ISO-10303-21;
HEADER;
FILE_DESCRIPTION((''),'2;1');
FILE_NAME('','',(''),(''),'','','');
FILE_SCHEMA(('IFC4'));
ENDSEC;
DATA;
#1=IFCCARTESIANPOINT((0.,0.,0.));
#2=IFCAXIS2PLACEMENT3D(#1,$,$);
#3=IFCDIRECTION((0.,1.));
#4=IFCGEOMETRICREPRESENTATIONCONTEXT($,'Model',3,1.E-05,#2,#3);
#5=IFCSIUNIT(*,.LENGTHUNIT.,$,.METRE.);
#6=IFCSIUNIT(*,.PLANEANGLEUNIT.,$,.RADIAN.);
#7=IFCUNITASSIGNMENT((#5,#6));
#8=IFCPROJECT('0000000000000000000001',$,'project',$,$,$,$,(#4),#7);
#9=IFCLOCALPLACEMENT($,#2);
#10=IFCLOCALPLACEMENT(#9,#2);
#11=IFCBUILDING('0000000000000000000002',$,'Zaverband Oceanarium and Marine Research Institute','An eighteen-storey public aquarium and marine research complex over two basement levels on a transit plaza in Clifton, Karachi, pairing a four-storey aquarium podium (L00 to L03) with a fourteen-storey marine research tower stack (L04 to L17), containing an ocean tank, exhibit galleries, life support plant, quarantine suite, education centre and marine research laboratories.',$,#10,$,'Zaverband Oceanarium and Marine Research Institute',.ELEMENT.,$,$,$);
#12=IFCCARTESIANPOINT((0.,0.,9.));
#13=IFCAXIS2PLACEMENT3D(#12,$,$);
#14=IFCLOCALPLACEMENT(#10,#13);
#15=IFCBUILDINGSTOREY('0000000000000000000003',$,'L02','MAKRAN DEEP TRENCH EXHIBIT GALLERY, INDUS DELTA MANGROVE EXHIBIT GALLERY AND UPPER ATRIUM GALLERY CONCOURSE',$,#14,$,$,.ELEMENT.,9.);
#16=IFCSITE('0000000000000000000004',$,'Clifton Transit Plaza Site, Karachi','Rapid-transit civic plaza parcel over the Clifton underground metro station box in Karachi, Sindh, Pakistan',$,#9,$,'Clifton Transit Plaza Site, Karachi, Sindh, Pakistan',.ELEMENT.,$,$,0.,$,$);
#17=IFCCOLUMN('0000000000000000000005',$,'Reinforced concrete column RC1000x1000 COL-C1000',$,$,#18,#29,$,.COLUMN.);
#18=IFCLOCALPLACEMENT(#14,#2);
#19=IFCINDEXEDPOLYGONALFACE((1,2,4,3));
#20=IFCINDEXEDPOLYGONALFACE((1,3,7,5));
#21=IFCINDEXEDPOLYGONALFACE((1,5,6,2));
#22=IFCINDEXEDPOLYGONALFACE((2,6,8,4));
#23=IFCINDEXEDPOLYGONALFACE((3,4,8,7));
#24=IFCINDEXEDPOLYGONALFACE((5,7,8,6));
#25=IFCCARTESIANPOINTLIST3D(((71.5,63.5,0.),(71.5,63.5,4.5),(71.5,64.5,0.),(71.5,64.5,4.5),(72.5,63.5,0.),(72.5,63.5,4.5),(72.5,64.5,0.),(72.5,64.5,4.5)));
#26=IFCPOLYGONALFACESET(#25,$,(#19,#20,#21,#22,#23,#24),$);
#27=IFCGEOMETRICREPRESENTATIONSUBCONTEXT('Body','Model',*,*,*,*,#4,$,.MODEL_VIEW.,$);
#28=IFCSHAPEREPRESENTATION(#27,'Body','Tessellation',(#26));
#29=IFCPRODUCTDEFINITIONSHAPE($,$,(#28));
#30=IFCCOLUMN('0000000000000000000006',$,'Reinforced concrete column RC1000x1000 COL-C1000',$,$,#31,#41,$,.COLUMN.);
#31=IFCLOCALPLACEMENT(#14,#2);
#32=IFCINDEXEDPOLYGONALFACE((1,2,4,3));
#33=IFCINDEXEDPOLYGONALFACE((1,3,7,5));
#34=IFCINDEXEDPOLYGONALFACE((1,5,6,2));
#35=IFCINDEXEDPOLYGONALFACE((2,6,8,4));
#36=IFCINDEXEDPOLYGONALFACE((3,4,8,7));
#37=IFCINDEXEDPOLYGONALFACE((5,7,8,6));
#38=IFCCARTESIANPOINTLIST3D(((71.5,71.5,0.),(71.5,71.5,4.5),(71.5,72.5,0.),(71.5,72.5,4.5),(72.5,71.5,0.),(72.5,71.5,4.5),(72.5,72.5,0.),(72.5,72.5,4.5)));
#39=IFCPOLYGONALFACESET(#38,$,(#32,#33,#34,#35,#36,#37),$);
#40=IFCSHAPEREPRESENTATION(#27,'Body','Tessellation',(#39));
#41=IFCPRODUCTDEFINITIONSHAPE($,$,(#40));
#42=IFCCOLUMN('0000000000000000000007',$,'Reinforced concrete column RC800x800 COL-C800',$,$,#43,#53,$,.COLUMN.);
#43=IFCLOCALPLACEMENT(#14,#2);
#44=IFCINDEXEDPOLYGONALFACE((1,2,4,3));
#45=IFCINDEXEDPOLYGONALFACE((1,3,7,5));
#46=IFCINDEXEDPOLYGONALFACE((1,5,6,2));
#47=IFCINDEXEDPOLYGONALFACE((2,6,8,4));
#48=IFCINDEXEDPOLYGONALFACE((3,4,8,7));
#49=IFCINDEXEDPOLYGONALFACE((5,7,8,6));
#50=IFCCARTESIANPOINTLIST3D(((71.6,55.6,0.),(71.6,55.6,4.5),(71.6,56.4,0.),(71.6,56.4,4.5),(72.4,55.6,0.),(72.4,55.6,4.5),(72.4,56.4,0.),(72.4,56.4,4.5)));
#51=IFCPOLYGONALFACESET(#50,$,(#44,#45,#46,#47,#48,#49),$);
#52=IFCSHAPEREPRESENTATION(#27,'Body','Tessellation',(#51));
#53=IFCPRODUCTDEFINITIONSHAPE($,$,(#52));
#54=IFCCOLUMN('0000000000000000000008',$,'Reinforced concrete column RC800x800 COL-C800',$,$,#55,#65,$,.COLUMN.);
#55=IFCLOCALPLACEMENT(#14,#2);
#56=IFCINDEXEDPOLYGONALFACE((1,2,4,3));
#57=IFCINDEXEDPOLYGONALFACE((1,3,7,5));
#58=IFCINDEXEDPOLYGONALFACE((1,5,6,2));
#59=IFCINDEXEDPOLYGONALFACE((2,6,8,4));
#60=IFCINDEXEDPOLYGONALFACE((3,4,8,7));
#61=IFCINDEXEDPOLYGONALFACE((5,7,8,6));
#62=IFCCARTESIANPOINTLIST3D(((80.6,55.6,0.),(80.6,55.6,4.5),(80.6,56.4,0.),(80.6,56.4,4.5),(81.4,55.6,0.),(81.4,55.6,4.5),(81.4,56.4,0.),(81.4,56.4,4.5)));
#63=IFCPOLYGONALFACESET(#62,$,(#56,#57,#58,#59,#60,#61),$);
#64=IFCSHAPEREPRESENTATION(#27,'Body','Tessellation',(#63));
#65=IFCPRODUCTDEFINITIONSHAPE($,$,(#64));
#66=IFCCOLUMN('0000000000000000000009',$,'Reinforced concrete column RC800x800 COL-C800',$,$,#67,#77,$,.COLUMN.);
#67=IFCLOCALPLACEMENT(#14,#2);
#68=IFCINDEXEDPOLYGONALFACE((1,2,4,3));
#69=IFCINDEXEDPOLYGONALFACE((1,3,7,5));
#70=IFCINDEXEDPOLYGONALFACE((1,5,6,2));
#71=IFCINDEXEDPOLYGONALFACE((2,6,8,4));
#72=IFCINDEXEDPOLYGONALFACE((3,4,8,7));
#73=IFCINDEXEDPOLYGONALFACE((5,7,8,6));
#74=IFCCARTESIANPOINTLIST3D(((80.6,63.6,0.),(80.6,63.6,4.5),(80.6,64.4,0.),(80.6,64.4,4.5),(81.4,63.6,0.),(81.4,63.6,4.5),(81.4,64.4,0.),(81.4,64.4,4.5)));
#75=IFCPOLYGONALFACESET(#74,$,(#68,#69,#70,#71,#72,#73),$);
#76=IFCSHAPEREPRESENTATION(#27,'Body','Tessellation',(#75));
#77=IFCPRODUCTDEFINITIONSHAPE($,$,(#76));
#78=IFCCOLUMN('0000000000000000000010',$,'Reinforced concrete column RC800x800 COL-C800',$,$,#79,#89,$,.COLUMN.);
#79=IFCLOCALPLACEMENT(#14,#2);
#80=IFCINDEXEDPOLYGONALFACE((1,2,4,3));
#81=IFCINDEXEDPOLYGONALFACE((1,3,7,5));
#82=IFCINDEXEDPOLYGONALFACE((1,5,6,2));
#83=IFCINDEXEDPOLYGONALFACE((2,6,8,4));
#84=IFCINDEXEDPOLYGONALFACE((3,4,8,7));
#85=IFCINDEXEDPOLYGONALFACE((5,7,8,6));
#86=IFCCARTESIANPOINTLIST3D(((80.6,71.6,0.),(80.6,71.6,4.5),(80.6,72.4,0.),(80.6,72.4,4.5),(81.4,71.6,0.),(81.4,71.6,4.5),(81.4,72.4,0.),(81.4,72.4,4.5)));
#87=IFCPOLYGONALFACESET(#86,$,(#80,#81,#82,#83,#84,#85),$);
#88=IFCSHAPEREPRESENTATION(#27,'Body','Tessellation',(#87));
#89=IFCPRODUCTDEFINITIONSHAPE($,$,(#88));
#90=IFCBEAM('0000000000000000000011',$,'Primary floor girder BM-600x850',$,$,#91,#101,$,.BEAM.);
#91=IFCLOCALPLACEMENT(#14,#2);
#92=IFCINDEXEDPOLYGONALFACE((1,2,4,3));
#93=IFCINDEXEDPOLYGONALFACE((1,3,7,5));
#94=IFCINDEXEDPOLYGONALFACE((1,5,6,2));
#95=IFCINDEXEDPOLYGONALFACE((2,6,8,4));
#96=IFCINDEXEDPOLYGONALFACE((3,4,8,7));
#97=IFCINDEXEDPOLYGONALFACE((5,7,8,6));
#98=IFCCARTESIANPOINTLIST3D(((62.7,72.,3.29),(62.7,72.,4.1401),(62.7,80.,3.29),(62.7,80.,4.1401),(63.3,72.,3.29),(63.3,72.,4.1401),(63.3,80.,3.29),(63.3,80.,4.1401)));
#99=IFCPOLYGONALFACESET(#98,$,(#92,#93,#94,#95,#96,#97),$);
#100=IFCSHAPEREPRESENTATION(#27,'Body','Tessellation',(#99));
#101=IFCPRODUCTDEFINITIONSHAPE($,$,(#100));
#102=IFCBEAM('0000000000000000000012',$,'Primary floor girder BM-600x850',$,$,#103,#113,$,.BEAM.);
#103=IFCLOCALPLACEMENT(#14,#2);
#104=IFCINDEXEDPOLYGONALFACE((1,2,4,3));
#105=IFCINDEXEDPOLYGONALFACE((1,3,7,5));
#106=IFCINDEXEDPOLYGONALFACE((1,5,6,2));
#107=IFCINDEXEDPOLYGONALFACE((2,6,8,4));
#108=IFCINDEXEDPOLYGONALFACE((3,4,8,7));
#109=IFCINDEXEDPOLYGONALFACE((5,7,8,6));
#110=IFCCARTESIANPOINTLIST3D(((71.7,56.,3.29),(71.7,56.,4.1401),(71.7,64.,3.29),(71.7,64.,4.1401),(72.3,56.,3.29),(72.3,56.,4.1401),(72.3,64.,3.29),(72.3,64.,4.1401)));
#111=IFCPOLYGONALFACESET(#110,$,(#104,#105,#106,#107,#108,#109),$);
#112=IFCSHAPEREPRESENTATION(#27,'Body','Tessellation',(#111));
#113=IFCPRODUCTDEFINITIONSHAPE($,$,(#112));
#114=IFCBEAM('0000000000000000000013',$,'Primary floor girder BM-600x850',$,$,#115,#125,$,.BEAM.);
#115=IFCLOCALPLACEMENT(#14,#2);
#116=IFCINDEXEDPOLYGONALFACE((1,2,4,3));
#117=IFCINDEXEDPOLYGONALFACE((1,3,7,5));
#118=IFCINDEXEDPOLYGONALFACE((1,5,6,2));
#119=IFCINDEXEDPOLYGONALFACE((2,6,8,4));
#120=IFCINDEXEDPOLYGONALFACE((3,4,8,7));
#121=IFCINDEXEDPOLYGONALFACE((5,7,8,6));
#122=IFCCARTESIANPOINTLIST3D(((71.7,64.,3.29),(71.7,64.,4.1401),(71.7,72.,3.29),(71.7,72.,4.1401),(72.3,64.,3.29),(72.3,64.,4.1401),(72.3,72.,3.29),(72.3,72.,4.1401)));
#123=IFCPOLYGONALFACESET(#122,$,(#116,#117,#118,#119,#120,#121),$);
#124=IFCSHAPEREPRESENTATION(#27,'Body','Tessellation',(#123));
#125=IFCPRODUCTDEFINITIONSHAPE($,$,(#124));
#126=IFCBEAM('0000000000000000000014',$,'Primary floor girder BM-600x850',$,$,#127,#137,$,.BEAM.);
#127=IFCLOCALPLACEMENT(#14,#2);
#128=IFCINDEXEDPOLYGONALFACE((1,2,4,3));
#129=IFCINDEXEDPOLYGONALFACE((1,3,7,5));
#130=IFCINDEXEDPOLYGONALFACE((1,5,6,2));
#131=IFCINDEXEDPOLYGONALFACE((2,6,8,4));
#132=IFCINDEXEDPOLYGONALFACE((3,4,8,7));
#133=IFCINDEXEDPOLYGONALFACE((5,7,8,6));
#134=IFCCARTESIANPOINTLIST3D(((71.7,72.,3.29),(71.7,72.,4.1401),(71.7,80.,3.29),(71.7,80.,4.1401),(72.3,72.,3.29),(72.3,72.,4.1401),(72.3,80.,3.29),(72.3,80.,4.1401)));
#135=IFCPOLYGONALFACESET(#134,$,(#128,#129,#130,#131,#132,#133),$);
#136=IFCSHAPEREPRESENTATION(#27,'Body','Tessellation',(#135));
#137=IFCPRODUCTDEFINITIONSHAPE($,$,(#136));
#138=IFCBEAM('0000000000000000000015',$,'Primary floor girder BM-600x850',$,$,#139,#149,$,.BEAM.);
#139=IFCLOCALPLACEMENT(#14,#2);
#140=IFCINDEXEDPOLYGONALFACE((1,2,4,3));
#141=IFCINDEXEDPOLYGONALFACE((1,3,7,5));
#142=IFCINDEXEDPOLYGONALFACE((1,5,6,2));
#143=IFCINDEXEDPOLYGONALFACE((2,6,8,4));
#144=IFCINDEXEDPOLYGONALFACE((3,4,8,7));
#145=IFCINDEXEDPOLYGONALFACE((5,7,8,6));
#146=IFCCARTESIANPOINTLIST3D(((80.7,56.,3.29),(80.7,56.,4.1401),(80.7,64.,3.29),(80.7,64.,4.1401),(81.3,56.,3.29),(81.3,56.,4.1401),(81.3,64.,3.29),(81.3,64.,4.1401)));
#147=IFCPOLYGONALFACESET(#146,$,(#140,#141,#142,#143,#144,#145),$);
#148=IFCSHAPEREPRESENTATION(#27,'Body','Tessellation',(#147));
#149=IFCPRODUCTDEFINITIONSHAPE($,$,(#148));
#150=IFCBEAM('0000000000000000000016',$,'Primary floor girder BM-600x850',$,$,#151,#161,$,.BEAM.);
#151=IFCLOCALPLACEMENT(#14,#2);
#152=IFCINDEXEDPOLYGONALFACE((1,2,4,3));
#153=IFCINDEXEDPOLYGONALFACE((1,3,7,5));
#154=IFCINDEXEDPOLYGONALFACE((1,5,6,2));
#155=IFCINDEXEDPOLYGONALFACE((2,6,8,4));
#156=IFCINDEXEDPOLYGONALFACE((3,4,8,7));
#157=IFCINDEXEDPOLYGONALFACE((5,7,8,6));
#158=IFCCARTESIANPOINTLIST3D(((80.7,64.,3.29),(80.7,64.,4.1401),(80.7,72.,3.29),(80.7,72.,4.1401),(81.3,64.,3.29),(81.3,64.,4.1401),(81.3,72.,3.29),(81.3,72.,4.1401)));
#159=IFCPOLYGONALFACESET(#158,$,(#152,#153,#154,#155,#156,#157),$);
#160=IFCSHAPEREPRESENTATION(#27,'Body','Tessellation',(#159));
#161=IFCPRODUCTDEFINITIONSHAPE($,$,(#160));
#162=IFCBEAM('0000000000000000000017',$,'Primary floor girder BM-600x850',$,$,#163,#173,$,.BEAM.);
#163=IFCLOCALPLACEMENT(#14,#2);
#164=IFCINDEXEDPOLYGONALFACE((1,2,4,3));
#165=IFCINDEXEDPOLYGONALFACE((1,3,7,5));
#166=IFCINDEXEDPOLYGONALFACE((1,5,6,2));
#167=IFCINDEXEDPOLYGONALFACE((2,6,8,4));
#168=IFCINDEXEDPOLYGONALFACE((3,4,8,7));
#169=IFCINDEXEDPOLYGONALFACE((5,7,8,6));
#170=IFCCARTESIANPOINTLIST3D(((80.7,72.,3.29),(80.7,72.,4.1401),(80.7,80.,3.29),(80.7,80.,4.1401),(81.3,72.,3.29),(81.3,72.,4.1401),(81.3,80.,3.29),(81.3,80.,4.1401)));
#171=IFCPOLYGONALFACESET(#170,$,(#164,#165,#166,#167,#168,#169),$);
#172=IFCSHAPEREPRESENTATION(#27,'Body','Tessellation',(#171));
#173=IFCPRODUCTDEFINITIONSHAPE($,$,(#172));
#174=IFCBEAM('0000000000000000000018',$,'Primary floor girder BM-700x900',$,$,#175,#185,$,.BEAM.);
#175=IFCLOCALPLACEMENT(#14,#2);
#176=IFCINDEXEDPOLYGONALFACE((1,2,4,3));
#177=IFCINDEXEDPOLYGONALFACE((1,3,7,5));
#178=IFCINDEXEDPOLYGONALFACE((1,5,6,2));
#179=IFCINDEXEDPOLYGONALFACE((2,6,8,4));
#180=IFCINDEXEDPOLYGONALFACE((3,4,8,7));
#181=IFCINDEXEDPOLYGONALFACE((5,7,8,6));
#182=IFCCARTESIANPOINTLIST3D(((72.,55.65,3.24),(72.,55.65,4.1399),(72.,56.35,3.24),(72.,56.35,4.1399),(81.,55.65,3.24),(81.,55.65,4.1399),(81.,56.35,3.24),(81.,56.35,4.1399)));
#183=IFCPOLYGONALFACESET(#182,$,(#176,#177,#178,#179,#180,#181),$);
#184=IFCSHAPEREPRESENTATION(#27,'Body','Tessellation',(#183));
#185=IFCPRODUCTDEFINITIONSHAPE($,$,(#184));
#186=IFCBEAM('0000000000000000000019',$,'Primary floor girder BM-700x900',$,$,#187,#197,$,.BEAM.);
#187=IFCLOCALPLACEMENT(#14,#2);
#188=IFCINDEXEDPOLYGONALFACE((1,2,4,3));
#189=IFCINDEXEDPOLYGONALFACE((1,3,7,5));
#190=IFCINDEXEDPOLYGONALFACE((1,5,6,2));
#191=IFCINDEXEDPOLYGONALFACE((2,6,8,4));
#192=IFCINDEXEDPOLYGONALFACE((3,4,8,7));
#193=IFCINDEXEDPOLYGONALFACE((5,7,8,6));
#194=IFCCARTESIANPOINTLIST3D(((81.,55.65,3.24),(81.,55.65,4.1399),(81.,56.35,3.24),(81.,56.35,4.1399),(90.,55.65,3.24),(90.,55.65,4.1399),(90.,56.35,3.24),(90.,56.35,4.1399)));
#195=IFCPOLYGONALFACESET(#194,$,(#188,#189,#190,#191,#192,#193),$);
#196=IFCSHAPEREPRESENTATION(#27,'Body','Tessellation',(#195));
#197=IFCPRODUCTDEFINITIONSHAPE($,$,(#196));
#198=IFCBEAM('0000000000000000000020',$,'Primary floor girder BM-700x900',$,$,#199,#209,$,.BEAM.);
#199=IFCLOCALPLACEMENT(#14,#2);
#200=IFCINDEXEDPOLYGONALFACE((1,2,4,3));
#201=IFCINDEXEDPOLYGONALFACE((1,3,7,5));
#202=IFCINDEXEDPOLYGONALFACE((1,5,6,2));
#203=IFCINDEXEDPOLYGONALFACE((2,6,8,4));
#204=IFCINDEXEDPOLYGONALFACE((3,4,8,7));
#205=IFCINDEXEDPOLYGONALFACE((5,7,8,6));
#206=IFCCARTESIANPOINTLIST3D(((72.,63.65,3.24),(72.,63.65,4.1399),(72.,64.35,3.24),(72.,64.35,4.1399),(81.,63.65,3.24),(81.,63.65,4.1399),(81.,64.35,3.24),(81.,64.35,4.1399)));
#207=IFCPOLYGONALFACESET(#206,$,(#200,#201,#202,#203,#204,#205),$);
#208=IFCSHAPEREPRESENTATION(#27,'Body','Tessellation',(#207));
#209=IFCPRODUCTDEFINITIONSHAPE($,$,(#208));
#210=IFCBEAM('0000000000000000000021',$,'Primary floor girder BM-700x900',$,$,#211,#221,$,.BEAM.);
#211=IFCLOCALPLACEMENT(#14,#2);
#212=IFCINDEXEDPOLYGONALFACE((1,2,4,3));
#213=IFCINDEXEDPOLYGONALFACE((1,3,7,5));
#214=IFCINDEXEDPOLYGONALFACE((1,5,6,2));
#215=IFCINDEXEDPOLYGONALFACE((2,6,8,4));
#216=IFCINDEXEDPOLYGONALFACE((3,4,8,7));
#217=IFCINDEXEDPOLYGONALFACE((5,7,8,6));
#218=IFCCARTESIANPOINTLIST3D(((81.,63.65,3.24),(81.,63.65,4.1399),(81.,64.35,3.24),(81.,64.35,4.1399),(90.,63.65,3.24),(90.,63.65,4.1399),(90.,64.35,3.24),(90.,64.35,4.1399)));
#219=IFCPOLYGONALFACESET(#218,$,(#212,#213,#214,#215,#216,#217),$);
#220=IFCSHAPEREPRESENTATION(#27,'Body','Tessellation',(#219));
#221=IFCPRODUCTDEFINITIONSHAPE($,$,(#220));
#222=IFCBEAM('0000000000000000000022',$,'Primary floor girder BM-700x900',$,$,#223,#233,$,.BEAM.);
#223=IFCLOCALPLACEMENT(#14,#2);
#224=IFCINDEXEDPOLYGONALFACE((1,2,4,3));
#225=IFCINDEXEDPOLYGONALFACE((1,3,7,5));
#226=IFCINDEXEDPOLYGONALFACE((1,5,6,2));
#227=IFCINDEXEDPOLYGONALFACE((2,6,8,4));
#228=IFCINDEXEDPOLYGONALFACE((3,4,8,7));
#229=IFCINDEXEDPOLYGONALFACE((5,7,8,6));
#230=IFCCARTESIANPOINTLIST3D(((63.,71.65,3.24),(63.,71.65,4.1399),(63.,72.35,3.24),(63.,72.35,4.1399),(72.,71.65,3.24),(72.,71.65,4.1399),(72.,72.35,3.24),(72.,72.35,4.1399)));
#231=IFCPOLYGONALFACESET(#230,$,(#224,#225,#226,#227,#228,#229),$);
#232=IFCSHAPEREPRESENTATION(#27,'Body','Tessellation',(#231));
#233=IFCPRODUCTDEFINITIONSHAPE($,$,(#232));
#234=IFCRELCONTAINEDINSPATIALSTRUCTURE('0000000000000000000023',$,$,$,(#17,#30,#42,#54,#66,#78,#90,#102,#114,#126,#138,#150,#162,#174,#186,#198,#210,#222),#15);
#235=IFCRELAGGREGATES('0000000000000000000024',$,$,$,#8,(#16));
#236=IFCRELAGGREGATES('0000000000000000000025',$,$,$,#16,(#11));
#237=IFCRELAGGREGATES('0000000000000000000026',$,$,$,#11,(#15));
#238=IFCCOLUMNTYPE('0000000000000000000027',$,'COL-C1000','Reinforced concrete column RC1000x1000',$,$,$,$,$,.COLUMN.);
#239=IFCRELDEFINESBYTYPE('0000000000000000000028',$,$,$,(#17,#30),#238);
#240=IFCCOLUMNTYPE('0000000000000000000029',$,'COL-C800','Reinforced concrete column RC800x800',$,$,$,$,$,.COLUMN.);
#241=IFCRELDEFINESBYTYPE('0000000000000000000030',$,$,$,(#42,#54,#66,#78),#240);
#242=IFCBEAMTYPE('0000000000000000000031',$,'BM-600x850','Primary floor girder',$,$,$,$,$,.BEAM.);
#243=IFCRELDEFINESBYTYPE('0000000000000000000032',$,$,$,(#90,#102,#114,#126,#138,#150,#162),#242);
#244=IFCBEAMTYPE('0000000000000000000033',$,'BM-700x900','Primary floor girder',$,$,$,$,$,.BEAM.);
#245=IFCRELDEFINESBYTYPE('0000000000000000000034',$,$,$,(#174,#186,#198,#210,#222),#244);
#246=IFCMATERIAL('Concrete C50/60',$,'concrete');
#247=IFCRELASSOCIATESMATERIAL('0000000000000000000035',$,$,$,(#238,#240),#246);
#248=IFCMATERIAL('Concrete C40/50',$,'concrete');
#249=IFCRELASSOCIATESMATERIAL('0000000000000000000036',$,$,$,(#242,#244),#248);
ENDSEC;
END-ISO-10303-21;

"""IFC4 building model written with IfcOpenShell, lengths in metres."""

from ifc_helpers import new_model, si_unit, direction, frame, origin, origin_2d, place, context, subcontext, project, spatial, rectangle, extrude, material, material_profile, profile_set, type_object, element, save


model = new_model("IFC4")

# Units and contexts
model_context = context("Model", 3, precision=1e-05, world=origin(), true_north=direction((0.0, 1.0)))
body_context = subcontext(model_context, "Body", "Model", "MODEL_VIEW")
ifc_project = project(units=[si_unit("LENGTHUNIT", "METRE"), si_unit("PLANEANGLEUNIT", "RADIAN")], contexts=[model_context])

# Site, building, storey
site_placement = place(None, origin())
site = spatial("IfcSite", under=ifc_project, at=site_placement, Name="Clifton Transit Plaza Site, Karachi", Description="Rapid-transit civic plaza parcel over the Clifton underground metro station box in Karachi, Sindh, Pakistan", LongName="Clifton Transit Plaza Site, Karachi, Sindh, Pakistan", CompositionType="ELEMENT", RefElevation=0.0)
building_placement = place(site_placement, origin())
building = spatial("IfcBuilding", under=site, at=building_placement, Name="Zaverband Oceanarium and Marine Research Institute", Description="An eighteen-storey public aquarium and marine research complex over two basement levels on a transit plaza in Clifton, Karachi, pairing a four-storey aquarium podium (L00 to L03) with a fourteen-storey marine research tower stack (L04 to L17), containing an ocean tank, exhibit galleries, life support plant, quarantine suite, education centre and marine research laboratories.", LongName="Zaverband Oceanarium and Marine Research Institute", CompositionType="ELEMENT")
storey_placement = place(building_placement, frame((0.0, 0.0, 9.0)))
storey = spatial("IfcBuildingStorey", under=building, at=storey_placement, Name="L02", Description="MAKRAN DEEP TRENCH EXHIBIT GALLERY, INDUS DELTA MANGROVE EXHIBIT GALLERY AND UPPER ATRIUM GALLERY CONCOURSE", CompositionType="ELEMENT", Elevation=9.0)

# Columns
ifc_material_1 = material(Name="Concrete C50/60", Category="concrete")
ifc_material_profile_1 = material_profile(ifc_material_1, rectangle(XDim=1.0, YDim=1.0, at=origin_2d()), Name="RC1000x1000")
ifc_profile_set_1 = profile_set([ifc_material_profile_1], Name="Concrete C50/60")
column_type_1 = type_object("IfcColumnType", Name="COL-C1000", Description="Reinforced concrete column RC1000x1000", PredefinedType="COLUMN", material=ifc_profile_set_1)
for number, where, z_axis, x_axis, name in (
    (1, (72.0, 64.0, 0.0), (0.0, 0.0, 1.0), (1.0, 0.0, 0.0), "Reinforced concrete column RC1000x1000 COL-C1000"),
    (2, (72.0, 72.0, 0.0), (0.0, 0.0, 1.0), (1.0, 0.0, 0.0), "Reinforced concrete column RC1000x1000 COL-C1000"),
):
    element("IfcColumn", number, at=place(storey_placement, frame(where, z_axis=z_axis, x_axis=x_axis)), inside=storey, type_object=column_type_1, Name=name, PredefinedType="COLUMN", context=body_context, shape_type="SweptSolid", body=[
        extrude(rectangle(XDim=1.0, YDim=1.0, at=origin_2d()), origin(), (0.0, 0.0, 1.0), 4.5),
    ])
ifc_material_profile_2 = material_profile(ifc_material_1, rectangle(XDim=0.8, YDim=0.8, at=origin_2d()), Name="RC800x800")
ifc_profile_set_2 = profile_set([ifc_material_profile_2], Name="Concrete C50/60")
column_type_2 = type_object("IfcColumnType", Name="COL-C800", Description="Reinforced concrete column RC800x800", PredefinedType="COLUMN", material=ifc_profile_set_2)
for number, where, z_axis, x_axis, name in (
    (3, (72.0, 56.0, 0.0), (0.0, 0.0, 1.0), (1.0, 0.0, 0.0), "Reinforced concrete column RC800x800 COL-C800"),
    (4, (81.0, 56.0, 0.0), (0.0, 0.0, 1.0), (1.0, 0.0, 0.0), "Reinforced concrete column RC800x800 COL-C800"),
    (5, (81.0, 64.0, 0.0), (0.0, 0.0, 1.0), (1.0, 0.0, 0.0), "Reinforced concrete column RC800x800 COL-C800"),
    (6, (81.0, 72.0, 0.0), (0.0, 0.0, 1.0), (1.0, 0.0, 0.0), "Reinforced concrete column RC800x800 COL-C800"),
):
    element("IfcColumn", number, at=place(storey_placement, frame(where, z_axis=z_axis, x_axis=x_axis)), inside=storey, type_object=column_type_2, Name=name, PredefinedType="COLUMN", context=body_context, shape_type="SweptSolid", body=[
        extrude(rectangle(XDim=0.8, YDim=0.8, at=origin_2d()), origin(), (0.0, 0.0, 1.0), 4.5),
    ])

# Beams
ifc_material_2 = material(Name="Concrete C40/50", Category="concrete")
ifc_material_profile_3 = material_profile(ifc_material_2, rectangle(XDim=0.6001, YDim=0.8501, at=origin_2d()), Name="RC600x850")
ifc_profile_set_3 = profile_set([ifc_material_profile_3], Name="Concrete C40/50")
beam_type_1 = type_object("IfcBeamType", Name="BM-600x850", Description="Primary floor girder", PredefinedType="BEAM", material=ifc_profile_set_3)
for number, where, z_axis, x_axis, name in (
    (7, (63.0, 72.0, 3.7151), (0.0, 1.0, 0.0), (-1.0, 0.0, 0.0), "Primary floor girder BM-600x850"),
    (8, (72.0, 56.0, 3.7151), (0.0, 1.0, 0.0), (-1.0, 0.0, 0.0), "Primary floor girder BM-600x850"),
    (9, (72.0, 64.0, 3.7151), (0.0, 1.0, 0.0), (-1.0, 0.0, 0.0), "Primary floor girder BM-600x850"),
    (10, (72.0, 72.0, 3.7151), (0.0, 1.0, 0.0), (-1.0, 0.0, 0.0), "Primary floor girder BM-600x850"),
    (11, (81.0, 56.0, 3.7151), (0.0, 1.0, 0.0), (-1.0, 0.0, 0.0), "Primary floor girder BM-600x850"),
    (12, (81.0, 64.0, 3.7151), (0.0, 1.0, 0.0), (-1.0, 0.0, 0.0), "Primary floor girder BM-600x850"),
    (13, (81.0, 72.0, 3.7151), (0.0, 1.0, 0.0), (-1.0, 0.0, 0.0), "Primary floor girder BM-600x850"),
):
    element("IfcBeam", number, at=place(storey_placement, frame(where, z_axis=z_axis, x_axis=x_axis)), inside=storey, type_object=beam_type_1, Name=name, PredefinedType="BEAM", context=body_context, shape_type="SweptSolid", body=[
        extrude(rectangle(XDim=0.6001, YDim=0.8501, at=origin_2d()), origin(), (0.0, 0.0, 1.0), 8.0),
    ])
ifc_material_profile_4 = material_profile(ifc_material_2, rectangle(XDim=0.7, YDim=0.8999, at=origin_2d()), Name="RC700x900")
ifc_profile_set_4 = profile_set([ifc_material_profile_4], Name="Concrete C40/50")
beam_type_2 = type_object("IfcBeamType", Name="BM-700x900", Description="Primary floor girder", PredefinedType="BEAM", material=ifc_profile_set_4)
for number, where, z_axis, x_axis, name in (
    (14, (72.0, 56.0, 3.6899), (1.0, 0.0, 0.0), (0.0, 1.0, 0.0), "Primary floor girder BM-700x900"),
    (15, (81.0, 56.0, 3.6899), (1.0, 0.0, 0.0), (0.0, 1.0, 0.0), "Primary floor girder BM-700x900"),
    (16, (72.0, 64.0, 3.6899), (1.0, 0.0, 0.0), (0.0, 1.0, 0.0), "Primary floor girder BM-700x900"),
    (17, (81.0, 64.0, 3.6899), (1.0, 0.0, 0.0), (0.0, 1.0, 0.0), "Primary floor girder BM-700x900"),
    (18, (63.0, 72.0, 3.6899), (1.0, 0.0, 0.0), (0.0, 1.0, 0.0), "Primary floor girder BM-700x900"),
):
    element("IfcBeam", number, at=place(storey_placement, frame(where, z_axis=z_axis, x_axis=x_axis)), inside=storey, type_object=beam_type_2, Name=name, PredefinedType="BEAM", context=body_context, shape_type="SweptSolid", body=[
        extrude(rectangle(XDim=0.7, YDim=0.8999, at=origin_2d()), origin(), (0.0, 0.0, 1.0), 9.0),
    ])

save(model, "model.ifc")
